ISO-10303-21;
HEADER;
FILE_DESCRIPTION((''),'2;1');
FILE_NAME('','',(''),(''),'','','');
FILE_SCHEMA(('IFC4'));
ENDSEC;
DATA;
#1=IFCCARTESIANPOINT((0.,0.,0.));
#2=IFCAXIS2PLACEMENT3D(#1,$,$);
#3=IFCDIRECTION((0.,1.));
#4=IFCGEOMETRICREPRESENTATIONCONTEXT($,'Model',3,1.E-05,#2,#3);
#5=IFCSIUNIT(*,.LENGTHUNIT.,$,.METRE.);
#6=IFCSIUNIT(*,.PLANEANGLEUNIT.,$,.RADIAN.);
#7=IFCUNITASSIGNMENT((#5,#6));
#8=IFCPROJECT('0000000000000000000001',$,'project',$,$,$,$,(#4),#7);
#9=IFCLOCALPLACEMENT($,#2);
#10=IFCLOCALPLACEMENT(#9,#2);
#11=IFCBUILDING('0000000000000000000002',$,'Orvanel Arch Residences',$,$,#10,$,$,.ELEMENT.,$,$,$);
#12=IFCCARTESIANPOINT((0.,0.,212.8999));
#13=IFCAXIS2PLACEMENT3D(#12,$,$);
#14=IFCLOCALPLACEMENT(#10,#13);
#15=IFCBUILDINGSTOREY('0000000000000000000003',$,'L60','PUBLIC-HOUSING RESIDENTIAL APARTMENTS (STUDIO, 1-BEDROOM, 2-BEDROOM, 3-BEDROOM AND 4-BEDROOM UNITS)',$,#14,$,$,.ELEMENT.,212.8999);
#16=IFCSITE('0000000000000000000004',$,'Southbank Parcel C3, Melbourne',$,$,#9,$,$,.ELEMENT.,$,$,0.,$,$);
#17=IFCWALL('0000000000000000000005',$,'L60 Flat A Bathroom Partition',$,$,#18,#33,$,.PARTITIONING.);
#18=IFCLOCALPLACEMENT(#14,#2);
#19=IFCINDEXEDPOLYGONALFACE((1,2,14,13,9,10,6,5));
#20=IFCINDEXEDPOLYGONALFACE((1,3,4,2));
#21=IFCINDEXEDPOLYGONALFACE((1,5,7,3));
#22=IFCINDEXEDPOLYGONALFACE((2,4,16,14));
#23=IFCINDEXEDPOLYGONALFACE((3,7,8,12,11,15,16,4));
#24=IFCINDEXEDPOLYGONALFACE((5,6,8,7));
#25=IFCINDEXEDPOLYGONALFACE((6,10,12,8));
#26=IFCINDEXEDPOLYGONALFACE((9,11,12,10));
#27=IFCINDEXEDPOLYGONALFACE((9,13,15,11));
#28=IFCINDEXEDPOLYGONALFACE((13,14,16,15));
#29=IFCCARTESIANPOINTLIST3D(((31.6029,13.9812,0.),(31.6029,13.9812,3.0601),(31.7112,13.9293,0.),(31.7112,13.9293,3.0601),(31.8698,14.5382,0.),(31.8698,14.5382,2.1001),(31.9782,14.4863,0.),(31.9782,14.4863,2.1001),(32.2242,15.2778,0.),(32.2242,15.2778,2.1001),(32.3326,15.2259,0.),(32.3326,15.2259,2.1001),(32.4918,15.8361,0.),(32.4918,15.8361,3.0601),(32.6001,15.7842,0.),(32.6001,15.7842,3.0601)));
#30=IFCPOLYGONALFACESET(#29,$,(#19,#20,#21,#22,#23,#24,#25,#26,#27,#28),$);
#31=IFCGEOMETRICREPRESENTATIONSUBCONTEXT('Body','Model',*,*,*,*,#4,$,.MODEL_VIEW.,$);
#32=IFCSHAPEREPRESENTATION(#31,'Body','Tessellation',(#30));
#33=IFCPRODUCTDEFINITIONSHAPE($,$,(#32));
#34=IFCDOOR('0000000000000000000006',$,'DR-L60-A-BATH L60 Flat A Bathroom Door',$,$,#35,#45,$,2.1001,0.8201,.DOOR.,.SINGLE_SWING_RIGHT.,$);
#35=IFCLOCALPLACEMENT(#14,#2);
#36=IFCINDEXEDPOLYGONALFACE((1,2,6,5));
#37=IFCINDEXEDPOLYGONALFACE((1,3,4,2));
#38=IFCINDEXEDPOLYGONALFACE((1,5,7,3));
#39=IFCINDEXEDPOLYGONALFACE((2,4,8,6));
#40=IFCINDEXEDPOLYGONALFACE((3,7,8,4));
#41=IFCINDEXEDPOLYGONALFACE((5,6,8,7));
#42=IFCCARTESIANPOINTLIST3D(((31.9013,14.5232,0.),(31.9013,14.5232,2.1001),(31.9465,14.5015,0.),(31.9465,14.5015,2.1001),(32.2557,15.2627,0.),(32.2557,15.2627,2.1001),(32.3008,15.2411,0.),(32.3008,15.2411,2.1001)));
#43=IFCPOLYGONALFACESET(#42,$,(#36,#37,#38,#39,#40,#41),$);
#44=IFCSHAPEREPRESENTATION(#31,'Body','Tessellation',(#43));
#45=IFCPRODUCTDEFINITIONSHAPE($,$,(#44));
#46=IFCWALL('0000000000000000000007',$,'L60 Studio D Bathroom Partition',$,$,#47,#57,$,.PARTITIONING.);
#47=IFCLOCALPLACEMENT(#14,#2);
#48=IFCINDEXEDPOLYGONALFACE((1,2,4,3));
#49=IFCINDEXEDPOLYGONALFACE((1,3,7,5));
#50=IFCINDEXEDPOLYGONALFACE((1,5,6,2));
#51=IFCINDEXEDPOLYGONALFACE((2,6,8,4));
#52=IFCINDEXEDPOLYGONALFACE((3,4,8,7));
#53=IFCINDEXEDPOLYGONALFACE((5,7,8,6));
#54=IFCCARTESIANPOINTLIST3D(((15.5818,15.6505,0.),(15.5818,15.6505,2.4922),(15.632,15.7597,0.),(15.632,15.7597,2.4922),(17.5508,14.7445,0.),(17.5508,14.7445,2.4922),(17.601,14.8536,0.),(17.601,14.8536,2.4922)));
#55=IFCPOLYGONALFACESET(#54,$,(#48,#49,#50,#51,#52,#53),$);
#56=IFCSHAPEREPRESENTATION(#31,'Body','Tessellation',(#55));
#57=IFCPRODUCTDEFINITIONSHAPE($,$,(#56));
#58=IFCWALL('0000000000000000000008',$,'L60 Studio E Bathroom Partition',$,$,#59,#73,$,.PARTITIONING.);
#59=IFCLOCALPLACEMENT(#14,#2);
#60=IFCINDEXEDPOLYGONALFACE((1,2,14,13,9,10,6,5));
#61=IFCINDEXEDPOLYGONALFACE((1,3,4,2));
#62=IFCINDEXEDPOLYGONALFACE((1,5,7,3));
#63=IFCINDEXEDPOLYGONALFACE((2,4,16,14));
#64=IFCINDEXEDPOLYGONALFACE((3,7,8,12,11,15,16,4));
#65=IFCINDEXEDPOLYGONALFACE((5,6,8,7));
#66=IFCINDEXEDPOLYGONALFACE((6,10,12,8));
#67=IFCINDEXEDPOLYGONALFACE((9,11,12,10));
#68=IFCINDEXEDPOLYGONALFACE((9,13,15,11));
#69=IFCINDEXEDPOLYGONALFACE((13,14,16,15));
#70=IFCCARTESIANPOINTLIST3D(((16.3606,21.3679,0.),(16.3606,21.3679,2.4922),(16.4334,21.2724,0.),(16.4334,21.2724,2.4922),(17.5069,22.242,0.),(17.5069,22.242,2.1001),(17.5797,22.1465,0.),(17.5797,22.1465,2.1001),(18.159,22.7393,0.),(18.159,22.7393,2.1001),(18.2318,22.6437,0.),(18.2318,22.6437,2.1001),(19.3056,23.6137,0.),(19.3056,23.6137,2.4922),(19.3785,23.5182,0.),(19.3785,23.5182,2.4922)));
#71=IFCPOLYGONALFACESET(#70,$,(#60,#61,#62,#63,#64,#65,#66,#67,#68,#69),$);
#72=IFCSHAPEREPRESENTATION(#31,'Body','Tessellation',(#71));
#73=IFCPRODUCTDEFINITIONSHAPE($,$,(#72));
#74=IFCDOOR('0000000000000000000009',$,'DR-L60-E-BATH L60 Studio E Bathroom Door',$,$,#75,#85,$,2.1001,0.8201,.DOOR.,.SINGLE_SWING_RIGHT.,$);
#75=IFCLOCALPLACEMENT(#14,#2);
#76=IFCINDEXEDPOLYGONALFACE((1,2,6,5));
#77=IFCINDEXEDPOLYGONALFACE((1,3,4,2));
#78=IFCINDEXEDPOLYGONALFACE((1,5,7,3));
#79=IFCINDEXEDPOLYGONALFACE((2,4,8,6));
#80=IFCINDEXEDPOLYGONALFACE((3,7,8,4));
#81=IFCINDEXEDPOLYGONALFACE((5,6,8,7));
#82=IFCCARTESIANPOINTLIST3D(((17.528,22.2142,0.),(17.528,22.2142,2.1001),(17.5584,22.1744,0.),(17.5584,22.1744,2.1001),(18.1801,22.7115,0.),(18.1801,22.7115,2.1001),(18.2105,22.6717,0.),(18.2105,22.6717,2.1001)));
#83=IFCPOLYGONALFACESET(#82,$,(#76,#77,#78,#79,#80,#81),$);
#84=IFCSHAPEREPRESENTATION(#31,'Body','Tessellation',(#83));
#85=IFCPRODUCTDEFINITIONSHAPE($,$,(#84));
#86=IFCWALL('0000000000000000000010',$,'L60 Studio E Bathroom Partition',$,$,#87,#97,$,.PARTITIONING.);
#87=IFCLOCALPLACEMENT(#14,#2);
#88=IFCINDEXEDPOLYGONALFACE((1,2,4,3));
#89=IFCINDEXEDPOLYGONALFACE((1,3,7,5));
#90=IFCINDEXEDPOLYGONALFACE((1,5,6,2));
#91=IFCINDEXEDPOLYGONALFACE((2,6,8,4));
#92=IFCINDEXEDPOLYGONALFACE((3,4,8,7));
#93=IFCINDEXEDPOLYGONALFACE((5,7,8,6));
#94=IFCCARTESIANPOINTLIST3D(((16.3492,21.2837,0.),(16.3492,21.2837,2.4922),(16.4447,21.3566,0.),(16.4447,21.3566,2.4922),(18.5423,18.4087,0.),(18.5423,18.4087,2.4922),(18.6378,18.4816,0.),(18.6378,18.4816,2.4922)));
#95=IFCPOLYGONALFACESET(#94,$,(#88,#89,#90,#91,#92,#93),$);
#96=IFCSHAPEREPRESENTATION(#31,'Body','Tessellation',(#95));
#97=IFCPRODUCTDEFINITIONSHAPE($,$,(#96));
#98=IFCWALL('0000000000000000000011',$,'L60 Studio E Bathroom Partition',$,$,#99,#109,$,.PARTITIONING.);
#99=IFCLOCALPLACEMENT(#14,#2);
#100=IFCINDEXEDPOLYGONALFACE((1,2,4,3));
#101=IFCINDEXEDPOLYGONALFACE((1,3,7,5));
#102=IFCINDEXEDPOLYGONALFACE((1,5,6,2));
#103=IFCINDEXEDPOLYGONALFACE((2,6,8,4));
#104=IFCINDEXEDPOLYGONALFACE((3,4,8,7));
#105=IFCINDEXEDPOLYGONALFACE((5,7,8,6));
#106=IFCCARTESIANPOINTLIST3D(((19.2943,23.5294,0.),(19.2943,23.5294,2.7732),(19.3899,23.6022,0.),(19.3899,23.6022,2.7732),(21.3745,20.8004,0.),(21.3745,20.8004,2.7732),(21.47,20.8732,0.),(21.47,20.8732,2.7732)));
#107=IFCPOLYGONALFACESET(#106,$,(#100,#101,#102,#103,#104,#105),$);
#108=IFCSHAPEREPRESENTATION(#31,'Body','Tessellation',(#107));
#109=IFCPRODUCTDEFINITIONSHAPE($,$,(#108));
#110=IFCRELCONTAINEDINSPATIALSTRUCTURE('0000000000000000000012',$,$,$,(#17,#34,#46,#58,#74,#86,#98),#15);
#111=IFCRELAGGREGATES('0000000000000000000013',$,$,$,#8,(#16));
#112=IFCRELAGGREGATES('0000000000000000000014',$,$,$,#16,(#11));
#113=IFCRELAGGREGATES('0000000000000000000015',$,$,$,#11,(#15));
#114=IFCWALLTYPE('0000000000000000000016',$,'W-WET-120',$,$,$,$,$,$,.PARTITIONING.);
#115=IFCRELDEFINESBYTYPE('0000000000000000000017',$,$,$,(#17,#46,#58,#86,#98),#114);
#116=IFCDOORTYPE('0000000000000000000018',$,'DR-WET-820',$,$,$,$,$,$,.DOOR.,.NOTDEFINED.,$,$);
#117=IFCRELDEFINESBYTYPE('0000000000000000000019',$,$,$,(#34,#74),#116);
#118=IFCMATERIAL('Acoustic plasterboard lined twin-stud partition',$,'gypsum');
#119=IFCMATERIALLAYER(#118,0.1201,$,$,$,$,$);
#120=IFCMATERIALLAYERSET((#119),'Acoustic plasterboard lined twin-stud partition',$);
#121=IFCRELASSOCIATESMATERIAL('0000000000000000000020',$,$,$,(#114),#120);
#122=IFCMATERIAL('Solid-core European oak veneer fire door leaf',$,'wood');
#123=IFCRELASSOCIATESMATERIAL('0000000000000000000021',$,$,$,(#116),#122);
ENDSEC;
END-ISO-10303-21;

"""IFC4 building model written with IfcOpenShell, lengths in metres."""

from ifc_helpers import new_model, si_unit, direction, frame, frame_2d, origin, place, context, subcontext, project, spatial, rectangle, extrude, material, layer, layer_set, type_object, element, fill, save


model = new_model("IFC4")

# Units and contexts
model_context = context("Model", 3, precision=1e-05, world=origin(), true_north=direction((0.0, 1.0)))
body_context = subcontext(model_context, "Body", "Model", "MODEL_VIEW")
ifc_project = project(units=[si_unit("LENGTHUNIT", "METRE"), si_unit("PLANEANGLEUNIT", "RADIAN")], contexts=[model_context])

# Site, building, storey
site_placement = place(None, origin())
site = spatial("IfcSite", under=ifc_project, at=site_placement, Name="Southbank Parcel C3, Melbourne", CompositionType="ELEMENT", RefElevation=0.0)
building_placement = place(site_placement, origin())
building = spatial("IfcBuilding", under=site, at=building_placement, Name="Orvanel Arch Residences", CompositionType="ELEMENT")
storey_placement = place(building_placement, frame((0.0, 0.0, 212.8999)))
storey = spatial("IfcBuildingStorey", under=building, at=storey_placement, Name="L60", Description="PUBLIC-HOUSING RESIDENTIAL APARTMENTS (STUDIO, 1-BEDROOM, 2-BEDROOM, 3-BEDROOM AND 4-BEDROOM UNITS)", CompositionType="ELEMENT", Elevation=212.8999)

# Shared definitions
ifc_material_1 = material(Name="Acoustic plasterboard lined twin-stud partition", Category="gypsum")
ifc_material_2 = material(Name="Solid-core European oak veneer fire door leaf", Category="wood")

# Wall, opening, door
ifc_layer_1 = layer(ifc_material_1, 0.1201)
ifc_layer_set_1 = layer_set([ifc_layer_1], Name="Acoustic plasterboard lined twin-stud partition")
wall_type_1 = type_object("IfcWallType", Name="W-WET-120", PredefinedType="PARTITIONING", material=ifc_layer_set_1)
wall_1_placement = place(storey_placement, frame((32.5459, 15.8101, 0.0), z_axis=(0.0, 0.0, 1.0), x_axis=(-0.432148, -0.901803, 0.0)))
wall_1 = element("IfcWall", 1, at=wall_1_placement, inside=storey, type_object=wall_type_1, Name="L60 Flat A Bathroom Partition", PredefinedType="PARTITIONING", context=body_context, shape_type="SweptSolid", body=[
    extrude(rectangle(XDim=2.0569, YDim=0.1201, at=frame_2d((1.0283, 0.0))), origin(), (0.0, 0.0, 1.0), 3.0601),
])
opening_1_placement = place(wall_1_placement, frame((0.6189, 0.0, 0.0)))
opening_1 = element("IfcOpeningElement", 2, at=opening_1_placement, cuts=wall_1, PredefinedType="OPENING", context=body_context, shape_type="SweptSolid", body=[
    extrude(rectangle(XDim=0.8201, YDim=2.1001, at=frame_2d((0.4102, 1.05))), frame((0.0, 0.0701, 0.0), z_axis=(0.0, -1.0, 0.0), x_axis=(1.0, 0.0, 0.0)), (0.0, 0.0, 1.0), 0.1401),
])
door_type_1 = type_object("IfcDoorType", Name="DR-WET-820", OperationType="NOTDEFINED", PredefinedType="DOOR", material=ifc_material_2)
door_1_placement = place(opening_1_placement, origin())
door_1 = element("IfcDoor", 3, at=door_1_placement, inside=storey, type_object=door_type_1, Name="DR-L60-A-BATH L60 Flat A Bathroom Door", OperationType="SINGLE_SWING_RIGHT", OverallHeight=2.1001, OverallWidth=0.8201, PredefinedType="DOOR", context=body_context, shape_type="SweptSolid", body=[
    extrude(rectangle(XDim=0.8201, YDim=2.1001, at=frame_2d((0.4102, 1.05))), frame((0.0, 0.0249, 0.0), z_axis=(0.0, -1.0, 0.0), x_axis=(1.0, 0.0, 0.0)), (0.0, 0.0, 1.0), 0.05),
])
fill(opening_1, door_1)

# Wall
wall_2_placement = place(storey_placement, frame((17.5759, 14.7991, 0.0), z_axis=(0.0, 0.0, 1.0), x_axis=(-0.908443, 0.418008, 0.0)))
element("IfcWall", 4, at=wall_2_placement, inside=storey, type_object=wall_type_1, Name="L60 Studio D Bathroom Partition", PredefinedType="PARTITIONING", context=body_context, shape_type="SweptSolid", body=[
    extrude(rectangle(XDim=2.1675, YDim=0.1201, at=frame_2d((1.0837, 0.0))), origin(), (0.0, 0.0, 1.0), 2.4922),
])

# Wall, opening, door
wall_3_placement = place(storey_placement, frame((19.342, 23.5659, 0.0), z_axis=(0.0, 0.0, 1.0), x_axis=(-0.795173, -0.606383, 0.0)))
wall_3 = element("IfcWall", 5, at=wall_3_placement, inside=storey, type_object=wall_type_1, Name="L60 Studio E Bathroom Partition", PredefinedType="PARTITIONING", context=body_context, shape_type="SweptSolid", body=[
    extrude(rectangle(XDim=3.7036, YDim=0.1201, at=frame_2d((1.8518, 0.0))), origin(), (0.0, 0.0, 1.0), 2.4922),
])
opening_2_placement = place(wall_3_placement, frame((1.4419, 0.0, 0.0)))
opening_2 = element("IfcOpeningElement", 6, at=opening_2_placement, cuts=wall_3, PredefinedType="OPENING", context=body_context, shape_type="SweptSolid", body=[
    extrude(rectangle(XDim=0.8201, YDim=2.1001, at=frame_2d((0.4102, 1.05))), frame((0.0, 0.0701, 0.0), z_axis=(0.0, -1.0, 0.0), x_axis=(1.0, 0.0, 0.0)), (0.0, 0.0, 1.0), 0.1401),
])
door_2_placement = place(opening_2_placement, origin())
door_2 = element("IfcDoor", 7, at=door_2_placement, inside=storey, type_object=door_type_1, Name="DR-L60-E-BATH L60 Studio E Bathroom Door", OperationType="SINGLE_SWING_RIGHT", OverallHeight=2.1001, OverallWidth=0.8201, PredefinedType="DOOR", context=body_context, shape_type="SweptSolid", body=[
    extrude(rectangle(XDim=0.8201, YDim=2.1001, at=frame_2d((0.4102, 1.05))), frame((0.0, 0.0249, 0.0), z_axis=(0.0, -1.0, 0.0), x_axis=(1.0, 0.0, 0.0)), (0.0, 0.0, 1.0), 0.05),
])
fill(opening_2, door_2)

# Walls
wall_4_placement = place(storey_placement, frame((18.5901, 18.4451, 0.0), z_axis=(0.0, 0.0, 1.0), x_axis=(-0.606505, 0.79508, 0.0)))
element("IfcWall", 8, at=wall_4_placement, inside=storey, type_object=wall_type_1, Name="L60 Studio E Bathroom Partition", PredefinedType="PARTITIONING", context=body_context, shape_type="SweptSolid", body=[
    extrude(rectangle(XDim=3.616, YDim=0.1201, at=frame_2d((1.8081, 0.0))), origin(), (0.0, 0.0, 1.0), 2.4922),
])
wall_5_placement = place(storey_placement, frame((19.342, 23.5659, 0.0), z_axis=(0.0, 0.0, 1.0), x_axis=(0.606198, -0.795314, 0.0)))
element("IfcWall", 9, at=wall_5_placement, inside=storey, type_object=wall_type_1, Name="L60 Studio E Bathroom Partition", PredefinedType="PARTITIONING", context=body_context, shape_type="SweptSolid", body=[
    extrude(rectangle(XDim=3.4314, YDim=0.1201, at=frame_2d((1.7158, 0.0))), origin(), (0.0, 0.0, 1.0), 2.7732),
])

save(model, "model.ifc")
